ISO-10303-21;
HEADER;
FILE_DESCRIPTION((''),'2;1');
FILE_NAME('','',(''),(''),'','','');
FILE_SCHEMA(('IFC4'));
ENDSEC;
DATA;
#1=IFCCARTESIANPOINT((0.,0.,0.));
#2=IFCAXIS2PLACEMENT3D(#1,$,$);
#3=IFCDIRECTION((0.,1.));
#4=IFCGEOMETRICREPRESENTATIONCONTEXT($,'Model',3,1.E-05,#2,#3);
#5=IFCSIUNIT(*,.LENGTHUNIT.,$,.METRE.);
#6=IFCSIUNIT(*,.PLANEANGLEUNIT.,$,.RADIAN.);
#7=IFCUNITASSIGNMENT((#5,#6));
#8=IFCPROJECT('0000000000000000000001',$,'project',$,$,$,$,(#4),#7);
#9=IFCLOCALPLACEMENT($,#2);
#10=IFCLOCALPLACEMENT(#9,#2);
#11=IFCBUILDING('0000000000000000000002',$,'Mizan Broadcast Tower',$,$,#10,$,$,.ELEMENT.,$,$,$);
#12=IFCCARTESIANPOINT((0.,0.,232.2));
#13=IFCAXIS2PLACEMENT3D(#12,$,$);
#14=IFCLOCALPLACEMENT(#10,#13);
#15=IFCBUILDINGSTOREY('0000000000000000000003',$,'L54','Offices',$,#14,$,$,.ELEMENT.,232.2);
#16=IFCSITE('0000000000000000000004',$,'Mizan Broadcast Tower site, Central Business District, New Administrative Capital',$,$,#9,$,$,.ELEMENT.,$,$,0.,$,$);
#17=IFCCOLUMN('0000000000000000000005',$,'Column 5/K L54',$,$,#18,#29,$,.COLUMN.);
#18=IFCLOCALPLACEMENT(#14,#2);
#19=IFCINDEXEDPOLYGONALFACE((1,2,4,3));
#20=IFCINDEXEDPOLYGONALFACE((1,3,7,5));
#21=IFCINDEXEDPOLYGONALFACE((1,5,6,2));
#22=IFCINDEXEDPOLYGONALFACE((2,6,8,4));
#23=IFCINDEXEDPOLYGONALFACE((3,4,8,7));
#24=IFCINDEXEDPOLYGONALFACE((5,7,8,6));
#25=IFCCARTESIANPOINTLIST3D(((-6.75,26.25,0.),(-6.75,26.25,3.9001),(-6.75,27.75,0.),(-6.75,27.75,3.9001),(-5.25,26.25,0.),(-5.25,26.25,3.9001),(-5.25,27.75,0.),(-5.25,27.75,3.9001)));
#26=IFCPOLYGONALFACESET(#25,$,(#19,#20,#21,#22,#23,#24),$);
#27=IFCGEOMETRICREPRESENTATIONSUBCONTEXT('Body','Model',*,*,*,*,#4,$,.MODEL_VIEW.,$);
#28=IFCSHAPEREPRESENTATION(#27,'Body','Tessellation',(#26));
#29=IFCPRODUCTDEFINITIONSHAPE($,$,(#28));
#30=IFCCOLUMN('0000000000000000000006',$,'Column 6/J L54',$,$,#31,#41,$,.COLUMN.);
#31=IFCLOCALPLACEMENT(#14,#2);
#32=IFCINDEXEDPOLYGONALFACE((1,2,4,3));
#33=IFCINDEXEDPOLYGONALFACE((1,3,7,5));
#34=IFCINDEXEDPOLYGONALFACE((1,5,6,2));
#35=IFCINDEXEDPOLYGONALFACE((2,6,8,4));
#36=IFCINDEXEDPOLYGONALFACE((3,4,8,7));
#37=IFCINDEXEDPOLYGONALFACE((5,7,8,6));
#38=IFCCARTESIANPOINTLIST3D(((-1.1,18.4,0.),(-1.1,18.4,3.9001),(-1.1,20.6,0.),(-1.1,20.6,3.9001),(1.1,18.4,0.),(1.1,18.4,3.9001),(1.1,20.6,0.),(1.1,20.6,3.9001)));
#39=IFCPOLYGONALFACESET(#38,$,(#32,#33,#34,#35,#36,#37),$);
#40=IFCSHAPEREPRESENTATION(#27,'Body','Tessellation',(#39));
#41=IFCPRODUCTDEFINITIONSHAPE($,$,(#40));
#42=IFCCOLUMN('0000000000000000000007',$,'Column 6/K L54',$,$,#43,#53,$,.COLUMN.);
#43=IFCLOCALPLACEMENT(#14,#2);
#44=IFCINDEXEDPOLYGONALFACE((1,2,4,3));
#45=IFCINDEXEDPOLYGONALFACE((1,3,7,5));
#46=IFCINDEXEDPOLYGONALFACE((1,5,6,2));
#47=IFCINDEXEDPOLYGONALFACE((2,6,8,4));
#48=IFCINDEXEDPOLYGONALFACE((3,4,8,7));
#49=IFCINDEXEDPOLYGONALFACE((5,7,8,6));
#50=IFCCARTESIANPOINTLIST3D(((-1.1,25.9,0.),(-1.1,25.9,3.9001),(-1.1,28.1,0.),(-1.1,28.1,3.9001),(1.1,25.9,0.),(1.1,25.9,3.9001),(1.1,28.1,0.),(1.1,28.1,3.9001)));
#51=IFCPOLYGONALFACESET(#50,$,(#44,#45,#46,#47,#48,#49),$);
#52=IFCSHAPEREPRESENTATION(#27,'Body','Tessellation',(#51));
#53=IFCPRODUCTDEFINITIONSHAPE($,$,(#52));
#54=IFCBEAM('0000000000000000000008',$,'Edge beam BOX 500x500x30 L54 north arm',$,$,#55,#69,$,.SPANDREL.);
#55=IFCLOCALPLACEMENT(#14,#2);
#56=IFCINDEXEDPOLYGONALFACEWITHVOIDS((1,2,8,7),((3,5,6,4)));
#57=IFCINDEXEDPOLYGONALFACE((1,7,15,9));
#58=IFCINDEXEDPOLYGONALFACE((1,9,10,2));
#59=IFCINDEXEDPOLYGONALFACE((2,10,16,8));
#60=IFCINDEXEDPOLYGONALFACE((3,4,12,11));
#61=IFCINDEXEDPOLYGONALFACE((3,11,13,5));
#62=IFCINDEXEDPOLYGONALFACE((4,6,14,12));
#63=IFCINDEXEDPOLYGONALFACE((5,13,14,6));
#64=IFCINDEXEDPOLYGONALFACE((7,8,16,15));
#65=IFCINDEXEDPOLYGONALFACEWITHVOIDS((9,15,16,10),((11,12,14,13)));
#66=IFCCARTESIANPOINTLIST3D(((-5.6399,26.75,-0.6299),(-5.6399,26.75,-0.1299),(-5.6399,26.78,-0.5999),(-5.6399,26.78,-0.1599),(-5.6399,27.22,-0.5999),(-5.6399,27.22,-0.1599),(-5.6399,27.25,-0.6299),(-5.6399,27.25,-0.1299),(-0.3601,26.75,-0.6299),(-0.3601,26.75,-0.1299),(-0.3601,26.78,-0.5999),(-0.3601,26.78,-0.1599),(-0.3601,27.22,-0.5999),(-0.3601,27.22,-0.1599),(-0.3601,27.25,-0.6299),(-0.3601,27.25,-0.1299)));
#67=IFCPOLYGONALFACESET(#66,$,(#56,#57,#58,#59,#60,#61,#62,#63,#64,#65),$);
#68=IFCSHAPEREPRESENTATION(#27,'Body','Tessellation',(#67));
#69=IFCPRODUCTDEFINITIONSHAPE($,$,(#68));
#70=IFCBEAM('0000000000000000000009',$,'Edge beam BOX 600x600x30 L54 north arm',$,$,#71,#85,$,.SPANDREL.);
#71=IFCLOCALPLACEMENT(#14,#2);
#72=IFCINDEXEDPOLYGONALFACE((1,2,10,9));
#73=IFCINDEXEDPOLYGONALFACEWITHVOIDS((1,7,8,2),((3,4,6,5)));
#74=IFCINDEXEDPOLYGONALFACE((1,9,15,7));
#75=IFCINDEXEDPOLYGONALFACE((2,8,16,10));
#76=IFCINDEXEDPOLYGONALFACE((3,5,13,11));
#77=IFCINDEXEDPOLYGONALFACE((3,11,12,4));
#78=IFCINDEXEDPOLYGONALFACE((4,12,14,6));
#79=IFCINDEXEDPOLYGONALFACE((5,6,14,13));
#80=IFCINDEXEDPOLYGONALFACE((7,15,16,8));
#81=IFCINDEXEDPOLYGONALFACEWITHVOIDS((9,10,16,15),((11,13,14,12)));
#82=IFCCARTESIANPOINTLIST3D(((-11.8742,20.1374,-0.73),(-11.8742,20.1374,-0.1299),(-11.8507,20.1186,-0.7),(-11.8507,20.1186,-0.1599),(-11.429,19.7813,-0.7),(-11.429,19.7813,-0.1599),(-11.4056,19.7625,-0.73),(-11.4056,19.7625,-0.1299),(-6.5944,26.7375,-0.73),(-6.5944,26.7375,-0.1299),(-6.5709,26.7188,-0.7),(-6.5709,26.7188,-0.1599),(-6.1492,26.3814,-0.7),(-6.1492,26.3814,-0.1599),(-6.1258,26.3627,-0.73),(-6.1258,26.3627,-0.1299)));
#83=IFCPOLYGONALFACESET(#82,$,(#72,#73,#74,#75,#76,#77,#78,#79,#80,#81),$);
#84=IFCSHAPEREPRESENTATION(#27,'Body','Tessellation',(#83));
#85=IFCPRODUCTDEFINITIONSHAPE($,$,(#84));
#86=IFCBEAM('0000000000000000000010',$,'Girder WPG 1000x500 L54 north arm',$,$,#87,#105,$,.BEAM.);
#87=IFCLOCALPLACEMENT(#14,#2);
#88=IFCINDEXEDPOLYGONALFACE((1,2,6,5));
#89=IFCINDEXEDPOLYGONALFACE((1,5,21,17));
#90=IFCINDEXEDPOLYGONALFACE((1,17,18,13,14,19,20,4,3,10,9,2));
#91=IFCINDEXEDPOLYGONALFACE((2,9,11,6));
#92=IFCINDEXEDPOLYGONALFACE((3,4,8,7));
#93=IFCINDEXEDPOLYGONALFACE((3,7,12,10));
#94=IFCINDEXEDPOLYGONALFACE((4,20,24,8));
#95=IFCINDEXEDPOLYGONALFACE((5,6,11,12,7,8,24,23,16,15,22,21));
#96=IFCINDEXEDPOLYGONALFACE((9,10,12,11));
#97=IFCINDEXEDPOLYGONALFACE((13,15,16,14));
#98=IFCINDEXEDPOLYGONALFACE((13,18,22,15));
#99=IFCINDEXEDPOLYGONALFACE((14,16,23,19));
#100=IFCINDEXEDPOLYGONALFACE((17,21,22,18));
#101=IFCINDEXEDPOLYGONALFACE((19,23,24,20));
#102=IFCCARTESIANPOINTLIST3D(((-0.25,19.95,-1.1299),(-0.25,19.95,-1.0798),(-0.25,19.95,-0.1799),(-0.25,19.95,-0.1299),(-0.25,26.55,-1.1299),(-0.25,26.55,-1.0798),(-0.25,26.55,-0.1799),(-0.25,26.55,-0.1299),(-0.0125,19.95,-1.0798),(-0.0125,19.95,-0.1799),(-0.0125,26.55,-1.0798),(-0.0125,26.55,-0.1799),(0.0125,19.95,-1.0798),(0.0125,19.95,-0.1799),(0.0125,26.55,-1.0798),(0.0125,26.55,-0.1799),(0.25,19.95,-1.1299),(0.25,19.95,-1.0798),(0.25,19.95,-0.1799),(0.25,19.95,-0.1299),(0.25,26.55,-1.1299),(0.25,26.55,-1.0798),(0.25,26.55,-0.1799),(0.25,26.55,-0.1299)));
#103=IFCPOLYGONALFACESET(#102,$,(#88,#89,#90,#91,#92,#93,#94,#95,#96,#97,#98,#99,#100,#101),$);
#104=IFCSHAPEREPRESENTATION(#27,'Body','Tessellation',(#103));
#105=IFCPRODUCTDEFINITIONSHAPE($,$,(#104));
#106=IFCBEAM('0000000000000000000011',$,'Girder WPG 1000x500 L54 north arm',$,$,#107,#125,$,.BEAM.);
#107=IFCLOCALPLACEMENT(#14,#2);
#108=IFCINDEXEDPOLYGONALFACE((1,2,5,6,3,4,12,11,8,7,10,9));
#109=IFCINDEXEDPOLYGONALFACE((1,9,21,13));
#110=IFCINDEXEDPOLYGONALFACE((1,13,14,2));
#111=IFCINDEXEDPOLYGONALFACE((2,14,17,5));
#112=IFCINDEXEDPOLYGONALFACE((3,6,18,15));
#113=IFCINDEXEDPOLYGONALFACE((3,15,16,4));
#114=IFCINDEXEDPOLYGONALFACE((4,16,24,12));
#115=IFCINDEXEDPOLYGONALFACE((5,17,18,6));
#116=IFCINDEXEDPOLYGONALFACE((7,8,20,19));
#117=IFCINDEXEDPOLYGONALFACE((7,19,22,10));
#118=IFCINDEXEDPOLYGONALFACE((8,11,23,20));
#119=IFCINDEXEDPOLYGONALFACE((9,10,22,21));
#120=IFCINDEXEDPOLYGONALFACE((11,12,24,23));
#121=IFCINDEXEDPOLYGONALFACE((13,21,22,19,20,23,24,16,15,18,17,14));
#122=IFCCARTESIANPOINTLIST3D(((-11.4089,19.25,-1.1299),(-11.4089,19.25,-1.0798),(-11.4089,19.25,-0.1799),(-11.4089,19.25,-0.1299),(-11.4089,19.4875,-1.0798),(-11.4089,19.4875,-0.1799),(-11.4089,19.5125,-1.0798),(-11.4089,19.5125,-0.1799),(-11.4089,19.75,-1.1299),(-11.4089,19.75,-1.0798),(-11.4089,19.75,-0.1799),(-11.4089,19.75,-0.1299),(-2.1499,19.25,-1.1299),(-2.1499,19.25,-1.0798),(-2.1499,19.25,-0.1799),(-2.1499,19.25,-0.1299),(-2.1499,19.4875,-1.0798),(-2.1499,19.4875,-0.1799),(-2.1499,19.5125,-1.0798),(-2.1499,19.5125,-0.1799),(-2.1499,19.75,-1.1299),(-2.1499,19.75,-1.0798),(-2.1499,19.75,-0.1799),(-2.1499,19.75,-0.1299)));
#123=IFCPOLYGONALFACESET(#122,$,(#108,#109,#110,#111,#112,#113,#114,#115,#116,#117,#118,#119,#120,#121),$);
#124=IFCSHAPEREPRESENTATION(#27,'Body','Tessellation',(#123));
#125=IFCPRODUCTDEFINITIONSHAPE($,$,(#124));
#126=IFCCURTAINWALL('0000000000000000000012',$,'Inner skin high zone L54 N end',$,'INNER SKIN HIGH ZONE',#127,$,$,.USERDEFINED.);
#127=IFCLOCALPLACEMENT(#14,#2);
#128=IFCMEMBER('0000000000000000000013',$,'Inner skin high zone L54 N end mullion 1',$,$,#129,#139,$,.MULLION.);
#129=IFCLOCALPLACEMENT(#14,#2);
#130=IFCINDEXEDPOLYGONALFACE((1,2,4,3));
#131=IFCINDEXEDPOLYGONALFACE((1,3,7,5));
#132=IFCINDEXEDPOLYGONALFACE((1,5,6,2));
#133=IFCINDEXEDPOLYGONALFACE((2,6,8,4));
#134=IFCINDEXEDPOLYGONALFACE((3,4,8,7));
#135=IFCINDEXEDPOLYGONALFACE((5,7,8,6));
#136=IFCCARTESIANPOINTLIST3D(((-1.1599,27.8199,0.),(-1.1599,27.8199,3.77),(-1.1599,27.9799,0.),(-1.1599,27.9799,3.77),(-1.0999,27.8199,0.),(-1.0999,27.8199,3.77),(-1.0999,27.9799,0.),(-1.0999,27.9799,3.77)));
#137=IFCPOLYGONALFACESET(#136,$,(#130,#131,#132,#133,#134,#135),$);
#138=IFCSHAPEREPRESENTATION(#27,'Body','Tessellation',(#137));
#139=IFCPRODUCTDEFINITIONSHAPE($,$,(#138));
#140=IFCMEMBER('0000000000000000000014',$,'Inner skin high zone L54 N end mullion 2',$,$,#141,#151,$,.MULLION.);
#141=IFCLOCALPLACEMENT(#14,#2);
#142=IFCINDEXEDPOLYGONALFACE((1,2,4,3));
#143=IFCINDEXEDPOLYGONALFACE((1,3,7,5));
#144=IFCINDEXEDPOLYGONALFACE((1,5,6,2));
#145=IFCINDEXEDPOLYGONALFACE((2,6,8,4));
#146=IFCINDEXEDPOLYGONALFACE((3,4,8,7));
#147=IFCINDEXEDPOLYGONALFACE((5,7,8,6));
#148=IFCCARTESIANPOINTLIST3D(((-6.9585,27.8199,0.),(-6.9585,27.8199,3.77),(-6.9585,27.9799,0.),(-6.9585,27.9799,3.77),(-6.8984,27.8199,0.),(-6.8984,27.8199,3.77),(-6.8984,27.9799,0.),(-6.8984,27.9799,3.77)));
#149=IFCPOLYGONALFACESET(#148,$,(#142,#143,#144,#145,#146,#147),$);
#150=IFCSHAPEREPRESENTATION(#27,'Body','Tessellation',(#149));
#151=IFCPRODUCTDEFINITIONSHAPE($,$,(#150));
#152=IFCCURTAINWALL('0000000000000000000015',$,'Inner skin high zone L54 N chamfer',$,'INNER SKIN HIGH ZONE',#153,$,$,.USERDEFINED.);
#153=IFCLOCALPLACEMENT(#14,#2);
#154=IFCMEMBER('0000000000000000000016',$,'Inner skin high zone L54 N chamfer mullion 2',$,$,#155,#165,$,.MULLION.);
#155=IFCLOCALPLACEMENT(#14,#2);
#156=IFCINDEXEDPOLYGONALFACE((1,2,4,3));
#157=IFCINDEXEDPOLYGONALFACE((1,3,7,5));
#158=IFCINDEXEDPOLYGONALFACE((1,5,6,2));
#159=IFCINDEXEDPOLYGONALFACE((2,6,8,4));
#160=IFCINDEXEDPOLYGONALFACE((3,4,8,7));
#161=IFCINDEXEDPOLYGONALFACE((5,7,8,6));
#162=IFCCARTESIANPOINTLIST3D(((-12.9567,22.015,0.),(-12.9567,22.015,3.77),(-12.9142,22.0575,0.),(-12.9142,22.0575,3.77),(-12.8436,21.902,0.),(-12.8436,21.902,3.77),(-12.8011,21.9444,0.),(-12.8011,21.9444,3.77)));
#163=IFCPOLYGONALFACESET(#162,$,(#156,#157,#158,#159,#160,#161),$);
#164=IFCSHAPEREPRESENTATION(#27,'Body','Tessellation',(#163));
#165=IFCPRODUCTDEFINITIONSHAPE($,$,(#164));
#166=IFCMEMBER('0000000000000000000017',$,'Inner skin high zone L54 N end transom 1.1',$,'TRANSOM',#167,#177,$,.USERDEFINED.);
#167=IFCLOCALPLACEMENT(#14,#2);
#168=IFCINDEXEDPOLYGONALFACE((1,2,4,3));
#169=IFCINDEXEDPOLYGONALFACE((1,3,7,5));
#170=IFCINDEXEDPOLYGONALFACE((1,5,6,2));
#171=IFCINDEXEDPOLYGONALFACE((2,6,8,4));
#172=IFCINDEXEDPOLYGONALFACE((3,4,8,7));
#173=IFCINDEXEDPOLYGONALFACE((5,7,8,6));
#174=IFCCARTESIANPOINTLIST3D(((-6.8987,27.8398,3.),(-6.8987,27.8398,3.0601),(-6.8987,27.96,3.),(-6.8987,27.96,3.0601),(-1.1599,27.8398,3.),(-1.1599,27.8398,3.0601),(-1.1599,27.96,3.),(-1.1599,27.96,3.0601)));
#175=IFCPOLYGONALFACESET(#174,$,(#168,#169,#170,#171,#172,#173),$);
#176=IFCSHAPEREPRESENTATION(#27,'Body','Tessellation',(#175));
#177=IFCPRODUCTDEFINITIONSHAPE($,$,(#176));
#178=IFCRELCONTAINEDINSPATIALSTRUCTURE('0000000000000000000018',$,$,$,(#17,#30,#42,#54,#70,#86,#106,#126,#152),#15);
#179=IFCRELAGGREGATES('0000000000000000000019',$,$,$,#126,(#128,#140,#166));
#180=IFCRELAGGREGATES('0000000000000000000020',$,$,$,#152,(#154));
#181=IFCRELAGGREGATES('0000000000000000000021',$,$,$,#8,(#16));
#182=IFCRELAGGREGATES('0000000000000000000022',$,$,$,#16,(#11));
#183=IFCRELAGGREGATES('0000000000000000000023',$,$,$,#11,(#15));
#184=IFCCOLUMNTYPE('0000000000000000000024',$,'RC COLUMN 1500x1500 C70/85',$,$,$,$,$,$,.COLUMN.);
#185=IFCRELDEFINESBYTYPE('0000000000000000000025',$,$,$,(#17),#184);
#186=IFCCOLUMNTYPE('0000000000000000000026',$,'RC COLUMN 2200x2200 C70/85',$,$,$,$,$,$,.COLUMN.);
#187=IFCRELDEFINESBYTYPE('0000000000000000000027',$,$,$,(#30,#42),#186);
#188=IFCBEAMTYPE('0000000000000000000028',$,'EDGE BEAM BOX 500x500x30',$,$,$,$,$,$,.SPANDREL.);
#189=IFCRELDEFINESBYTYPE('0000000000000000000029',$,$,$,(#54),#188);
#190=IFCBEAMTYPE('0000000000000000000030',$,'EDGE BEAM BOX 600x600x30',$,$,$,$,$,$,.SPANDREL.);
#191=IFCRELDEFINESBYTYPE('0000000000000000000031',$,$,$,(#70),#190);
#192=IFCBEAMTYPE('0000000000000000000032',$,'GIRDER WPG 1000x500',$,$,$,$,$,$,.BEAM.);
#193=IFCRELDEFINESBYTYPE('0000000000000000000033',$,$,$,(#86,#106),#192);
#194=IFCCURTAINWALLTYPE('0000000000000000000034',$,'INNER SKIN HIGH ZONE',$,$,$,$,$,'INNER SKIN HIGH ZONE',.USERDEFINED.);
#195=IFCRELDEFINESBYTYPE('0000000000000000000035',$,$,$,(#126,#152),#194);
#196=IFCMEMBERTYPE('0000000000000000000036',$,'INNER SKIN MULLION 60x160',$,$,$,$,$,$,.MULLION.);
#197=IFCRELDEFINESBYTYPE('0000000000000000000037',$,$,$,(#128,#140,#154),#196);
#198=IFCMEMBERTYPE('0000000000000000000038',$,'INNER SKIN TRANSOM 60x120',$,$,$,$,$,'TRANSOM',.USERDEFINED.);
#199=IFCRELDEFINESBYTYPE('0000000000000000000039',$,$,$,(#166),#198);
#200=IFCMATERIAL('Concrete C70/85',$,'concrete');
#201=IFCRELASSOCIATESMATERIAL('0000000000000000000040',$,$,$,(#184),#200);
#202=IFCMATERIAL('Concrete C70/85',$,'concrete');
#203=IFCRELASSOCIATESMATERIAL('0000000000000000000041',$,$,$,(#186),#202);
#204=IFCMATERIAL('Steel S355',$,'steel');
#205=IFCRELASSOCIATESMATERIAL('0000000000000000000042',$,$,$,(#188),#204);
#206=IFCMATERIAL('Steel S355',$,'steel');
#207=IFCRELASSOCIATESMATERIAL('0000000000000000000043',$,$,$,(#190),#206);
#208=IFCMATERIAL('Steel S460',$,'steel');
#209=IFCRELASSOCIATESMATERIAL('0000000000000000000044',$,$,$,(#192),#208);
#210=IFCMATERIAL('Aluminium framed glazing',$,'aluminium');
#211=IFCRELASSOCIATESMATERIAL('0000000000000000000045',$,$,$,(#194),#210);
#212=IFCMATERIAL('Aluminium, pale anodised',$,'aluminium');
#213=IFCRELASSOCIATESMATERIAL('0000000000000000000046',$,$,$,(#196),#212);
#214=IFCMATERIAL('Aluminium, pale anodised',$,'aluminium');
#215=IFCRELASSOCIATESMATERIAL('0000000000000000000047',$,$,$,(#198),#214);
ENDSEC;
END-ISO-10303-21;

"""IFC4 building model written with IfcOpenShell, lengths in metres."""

from ifc_helpers import new_model, si_unit, direction, frame, origin, origin_2d, place, context, subcontext, project, spatial, rectangle, hollow_rectangle, i_section, extrude, material, material_profile, profile_set, type_object, element, aggregate, save


model = new_model("IFC4")

# Units and contexts
model_context = context("Model", 3, precision=1e-05, world=origin(), true_north=direction((0.0, 1.0)))
body_context = subcontext(model_context, "Body", "Model", "MODEL_VIEW")
ifc_project = project(units=[si_unit("LENGTHUNIT", "METRE"), si_unit("PLANEANGLEUNIT", "RADIAN")], contexts=[model_context])

# Site, building, storey
site_placement = place(None, origin())
site = spatial("IfcSite", under=ifc_project, at=site_placement, Name="Mizan Broadcast Tower site, Central Business District, New Administrative Capital", CompositionType="ELEMENT", RefElevation=0.0)
building_placement = place(site_placement, origin())
building = spatial("IfcBuilding", under=site, at=building_placement, Name="Mizan Broadcast Tower", CompositionType="ELEMENT")
storey_placement = place(building_placement, frame((0.0, 0.0, 232.2)))
storey = spatial("IfcBuildingStorey", under=building, at=storey_placement, Name="L54", Description="Offices", CompositionType="ELEMENT", Elevation=232.2)

# Columns
ifc_material_1 = material(Name="Concrete C70/85", Category="concrete")
ifc_material_profile_1 = material_profile(ifc_material_1, rectangle(XDim=1.5, YDim=1.5, at=origin_2d()), Name="RC 1500x1500")
ifc_profile_set_1 = profile_set([ifc_material_profile_1], Name="Concrete C70/85")
column_type_1 = type_object("IfcColumnType", Name="RC COLUMN 1500x1500 C70/85", PredefinedType="COLUMN", material=ifc_profile_set_1)
column_placement = place(storey_placement, frame((-6.0, 27.0, 0.0), z_axis=(0.0, 0.0, 1.0), x_axis=(1.0, 0.0, 0.0)))
element("IfcColumn", 1, at=column_placement, inside=storey, type_object=column_type_1, Name="Column 5/K L54", PredefinedType="COLUMN", context=body_context, shape_type="SweptSolid", body=[
    extrude(rectangle(XDim=1.5, YDim=1.5, at=origin_2d()), origin(), (0.0, 0.0, 1.0), 3.9001),
])
ifc_material_2 = material(Name="Concrete C70/85", Category="concrete")
ifc_material_profile_2 = material_profile(ifc_material_2, rectangle(XDim=2.2, YDim=2.2, at=origin_2d()), Name="RC 2200x2200")
ifc_profile_set_2 = profile_set([ifc_material_profile_2], Name="Concrete C70/85")
column_type_2 = type_object("IfcColumnType", Name="RC COLUMN 2200x2200 C70/85", PredefinedType="COLUMN", material=ifc_profile_set_2)
for number, where, z_axis, x_axis, name in (
    (2, (0.0, 19.5, 0.0), (0.0, 0.0, 1.0), (1.0, 0.0, 0.0), "Column 6/J L54"),
    (3, (0.0, 27.0, 0.0), (0.0, 0.0, 1.0), (1.0, 0.0, 0.0), "Column 6/K L54"),
):
    element("IfcColumn", number, at=place(storey_placement, frame(where, z_axis=z_axis, x_axis=x_axis)), inside=storey, type_object=column_type_2, Name=name, PredefinedType="COLUMN", context=body_context, shape_type="SweptSolid", body=[
        extrude(rectangle(XDim=2.2, YDim=2.2, at=origin_2d()), origin(), (0.0, 0.0, 1.0), 3.9001),
    ])

# Beams
ifc_material_3 = material(Name="Steel S355", Category="steel")
ifc_material_profile_3 = material_profile(ifc_material_3, hollow_rectangle(XDim=0.5, YDim=0.5, WallThickness=0.03, at=origin_2d()), Name="BOX 500x500x30")
ifc_profile_set_3 = profile_set([ifc_material_profile_3], Name="Steel S355")
beam_type_1 = type_object("IfcBeamType", Name="EDGE BEAM BOX 500x500x30", PredefinedType="SPANDREL", material=ifc_profile_set_3)
beam_1_placement = place(storey_placement, frame((-5.6399, 27.0, -0.3799), z_axis=(1.0, 0.0, 0.0), x_axis=(0.0, 1.0, 0.0)))
element("IfcBeam", 4, at=beam_1_placement, inside=storey, type_object=beam_type_1, Name="Edge beam BOX 500x500x30 L54 north arm", PredefinedType="SPANDREL", context=body_context, shape_type="SweptSolid", body=[
    extrude(hollow_rectangle(XDim=0.5, YDim=0.5, WallThickness=0.03, at=origin_2d()), origin(), (0.0, 0.0, 1.0), 5.2798),
])
ifc_material_4 = material(Name="Steel S355", Category="steel")
ifc_material_profile_4 = material_profile(ifc_material_4, hollow_rectangle(XDim=0.6001, YDim=0.6001, WallThickness=0.03, at=origin_2d()), Name="BOX 600x600x30")
ifc_profile_set_4 = profile_set([ifc_material_profile_4], Name="Steel S355")
beam_type_2 = type_object("IfcBeamType", Name="EDGE BEAM BOX 600x600x30", PredefinedType="SPANDREL", material=ifc_profile_set_4)
beam_2_placement = place(storey_placement, frame((-11.6399, 19.95, -0.4299), z_axis=(0.624674, 0.780886, 0.0), x_axis=(-0.780886, 0.624674, 0.0)))
element("IfcBeam", 5, at=beam_2_placement, inside=storey, type_object=beam_type_2, Name="Edge beam BOX 600x600x30 L54 north arm", PredefinedType="SPANDREL", context=body_context, shape_type="SweptSolid", body=[
    extrude(hollow_rectangle(XDim=0.6001, YDim=0.6001, WallThickness=0.03, at=origin_2d()), origin(), (0.0, 0.0, 1.0), 8.4521),
])
ifc_material_5 = material(Name="Steel S460", Category="steel")
ifc_material_profile_5 = material_profile(ifc_material_5, i_section(OverallWidth=0.5, OverallDepth=1.0, WebThickness=0.0249, FlangeThickness=0.05, at=origin_2d()), Name="WPG 1000x500")
ifc_profile_set_5 = profile_set([ifc_material_profile_5], Name="Steel S460")
beam_type_3 = type_object("IfcBeamType", Name="GIRDER WPG 1000x500", PredefinedType="BEAM", material=ifc_profile_set_5)
beam_3_placement = place(storey_placement, frame((0.0, 19.95, -0.6299), z_axis=(0.0, 1.0, 0.0), x_axis=(-1.0, 0.0, 0.0)))
element("IfcBeam", 6, at=beam_3_placement, inside=storey, type_object=beam_type_3, Name="Girder WPG 1000x500 L54 north arm", PredefinedType="BEAM", context=body_context, shape_type="SweptSolid", body=[
    extrude(i_section(OverallWidth=0.5, OverallDepth=1.0, WebThickness=0.0249, FlangeThickness=0.05, at=origin_2d()), origin(), (0.0, 0.0, 1.0), 6.6001),
])
beam_4_placement = place(storey_placement, frame((-11.4089, 19.5, -0.6299), z_axis=(1.0, 0.0, 0.0), x_axis=(0.0, 1.0, 0.0)))
element("IfcBeam", 7, at=beam_4_placement, inside=storey, type_object=beam_type_3, Name="Girder WPG 1000x500 L54 north arm", PredefinedType="BEAM", context=body_context, shape_type="SweptSolid", body=[
    extrude(i_section(OverallWidth=0.5, OverallDepth=1.0, WebThickness=0.0249, FlangeThickness=0.05, at=origin_2d()), origin(), (0.0, 0.0, 1.0), 9.259),
])

# Curtain wall, members
ifc_material_6 = material(Name="Aluminium framed glazing", Category="aluminium")
curtain_wall_type_1 = type_object("IfcCurtainWallType", Name="INNER SKIN HIGH ZONE", ElementType="INNER SKIN HIGH ZONE", PredefinedType="USERDEFINED", material=ifc_material_6)
curtain_wall_1_placement = place(storey_placement, origin())
curtain_wall_1 = element("IfcCurtainWall", 8, at=curtain_wall_1_placement, inside=storey, type_object=curtain_wall_type_1, Name="Inner skin high zone L54 N end", ObjectType="INNER SKIN HIGH ZONE", PredefinedType="USERDEFINED")
ifc_material_7 = material(Name="Aluminium, pale anodised", Category="aluminium")
ifc_material_profile_6 = material_profile(ifc_material_7, rectangle(XDim=0.1599, YDim=0.0601, at=origin_2d()), Name="MULLION 160x60")
ifc_profile_set_6 = profile_set([ifc_material_profile_6], Name="Aluminium, pale anodised")
member_type_1 = type_object("IfcMemberType", Name="INNER SKIN MULLION 60x160", PredefinedType="MULLION", material=ifc_profile_set_6)
member_1_placement = place(storey_placement, frame((-1.1299, 27.8999, 0.0), z_axis=(0.0, 0.0, 1.0), x_axis=(0.0, -1.0, 0.0)))
member_1 = element("IfcMember", 9, at=member_1_placement, type_object=member_type_1, Name="Inner skin high zone L54 N end mullion 1", PredefinedType="MULLION", context=body_context, shape_type="SweptSolid", body=[
    extrude(rectangle(XDim=0.1599, YDim=0.0601, at=origin_2d()), origin(), (0.0, 0.0, 1.0), 3.77),
])
member_2_placement = place(storey_placement, frame((-6.9285, 27.8999, 0.0), z_axis=(0.0, 0.0, 1.0), x_axis=(0.0, -1.0, 0.0)))
member_2 = element("IfcMember", 10, at=member_2_placement, type_object=member_type_1, Name="Inner skin high zone L54 N end mullion 2", PredefinedType="MULLION", context=body_context, shape_type="SweptSolid", body=[
    extrude(rectangle(XDim=0.1599, YDim=0.0601, at=origin_2d()), origin(), (0.0, 0.0, 1.0), 3.77),
])

# Curtain wall, member
curtain_wall_2_placement = place(storey_placement, origin())
curtain_wall_2 = element("IfcCurtainWall", 11, at=curtain_wall_2_placement, inside=storey, type_object=curtain_wall_type_1, Name="Inner skin high zone L54 N chamfer", ObjectType="INNER SKIN HIGH ZONE", PredefinedType="USERDEFINED")
member_3_placement = place(storey_placement, frame((-12.8789, 21.9797, 0.0), z_axis=(0.0, 0.0, 1.0), x_axis=(0.707107, -0.707107, 0.0)))
member_3 = element("IfcMember", 12, at=member_3_placement, type_object=member_type_1, Name="Inner skin high zone L54 N chamfer mullion 2", PredefinedType="MULLION", context=body_context, shape_type="SweptSolid", body=[
    extrude(rectangle(XDim=0.1599, YDim=0.0601, at=origin_2d()), origin(), (0.0, 0.0, 1.0), 3.77),
])

# Member
ifc_material_8 = material(Name="Aluminium, pale anodised", Category="aluminium")
ifc_material_profile_7 = material_profile(ifc_material_8, rectangle(XDim=0.1201, YDim=0.0601, at=origin_2d()), Name="TRANSOM 120x60")
ifc_profile_set_7 = profile_set([ifc_material_profile_7], Name="Aluminium, pale anodised")
member_type_2 = type_object("IfcMemberType", Name="INNER SKIN TRANSOM 60x120", ElementType="TRANSOM", PredefinedType="USERDEFINED", material=ifc_profile_set_7)
member_4_placement = place(storey_placement, frame((-1.1599, 27.8999, 3.03), z_axis=(-1.0, 0.0, 0.0), x_axis=(0.0, -1.0, 0.0)))
member_4 = element("IfcMember", 13, at=member_4_placement, type_object=member_type_2, Name="Inner skin high zone L54 N end transom 1.1", ObjectType="TRANSOM", PredefinedType="USERDEFINED", context=body_context, shape_type="SweptSolid", body=[
    extrude(rectangle(XDim=0.1201, YDim=0.0601, at=origin_2d()), origin(), (0.0, 0.0, 1.0), 5.7388),
])

aggregate(curtain_wall_1, [member_1, member_2, member_4])
aggregate(curtain_wall_2, [member_3])

save(model, "model.ifc")
